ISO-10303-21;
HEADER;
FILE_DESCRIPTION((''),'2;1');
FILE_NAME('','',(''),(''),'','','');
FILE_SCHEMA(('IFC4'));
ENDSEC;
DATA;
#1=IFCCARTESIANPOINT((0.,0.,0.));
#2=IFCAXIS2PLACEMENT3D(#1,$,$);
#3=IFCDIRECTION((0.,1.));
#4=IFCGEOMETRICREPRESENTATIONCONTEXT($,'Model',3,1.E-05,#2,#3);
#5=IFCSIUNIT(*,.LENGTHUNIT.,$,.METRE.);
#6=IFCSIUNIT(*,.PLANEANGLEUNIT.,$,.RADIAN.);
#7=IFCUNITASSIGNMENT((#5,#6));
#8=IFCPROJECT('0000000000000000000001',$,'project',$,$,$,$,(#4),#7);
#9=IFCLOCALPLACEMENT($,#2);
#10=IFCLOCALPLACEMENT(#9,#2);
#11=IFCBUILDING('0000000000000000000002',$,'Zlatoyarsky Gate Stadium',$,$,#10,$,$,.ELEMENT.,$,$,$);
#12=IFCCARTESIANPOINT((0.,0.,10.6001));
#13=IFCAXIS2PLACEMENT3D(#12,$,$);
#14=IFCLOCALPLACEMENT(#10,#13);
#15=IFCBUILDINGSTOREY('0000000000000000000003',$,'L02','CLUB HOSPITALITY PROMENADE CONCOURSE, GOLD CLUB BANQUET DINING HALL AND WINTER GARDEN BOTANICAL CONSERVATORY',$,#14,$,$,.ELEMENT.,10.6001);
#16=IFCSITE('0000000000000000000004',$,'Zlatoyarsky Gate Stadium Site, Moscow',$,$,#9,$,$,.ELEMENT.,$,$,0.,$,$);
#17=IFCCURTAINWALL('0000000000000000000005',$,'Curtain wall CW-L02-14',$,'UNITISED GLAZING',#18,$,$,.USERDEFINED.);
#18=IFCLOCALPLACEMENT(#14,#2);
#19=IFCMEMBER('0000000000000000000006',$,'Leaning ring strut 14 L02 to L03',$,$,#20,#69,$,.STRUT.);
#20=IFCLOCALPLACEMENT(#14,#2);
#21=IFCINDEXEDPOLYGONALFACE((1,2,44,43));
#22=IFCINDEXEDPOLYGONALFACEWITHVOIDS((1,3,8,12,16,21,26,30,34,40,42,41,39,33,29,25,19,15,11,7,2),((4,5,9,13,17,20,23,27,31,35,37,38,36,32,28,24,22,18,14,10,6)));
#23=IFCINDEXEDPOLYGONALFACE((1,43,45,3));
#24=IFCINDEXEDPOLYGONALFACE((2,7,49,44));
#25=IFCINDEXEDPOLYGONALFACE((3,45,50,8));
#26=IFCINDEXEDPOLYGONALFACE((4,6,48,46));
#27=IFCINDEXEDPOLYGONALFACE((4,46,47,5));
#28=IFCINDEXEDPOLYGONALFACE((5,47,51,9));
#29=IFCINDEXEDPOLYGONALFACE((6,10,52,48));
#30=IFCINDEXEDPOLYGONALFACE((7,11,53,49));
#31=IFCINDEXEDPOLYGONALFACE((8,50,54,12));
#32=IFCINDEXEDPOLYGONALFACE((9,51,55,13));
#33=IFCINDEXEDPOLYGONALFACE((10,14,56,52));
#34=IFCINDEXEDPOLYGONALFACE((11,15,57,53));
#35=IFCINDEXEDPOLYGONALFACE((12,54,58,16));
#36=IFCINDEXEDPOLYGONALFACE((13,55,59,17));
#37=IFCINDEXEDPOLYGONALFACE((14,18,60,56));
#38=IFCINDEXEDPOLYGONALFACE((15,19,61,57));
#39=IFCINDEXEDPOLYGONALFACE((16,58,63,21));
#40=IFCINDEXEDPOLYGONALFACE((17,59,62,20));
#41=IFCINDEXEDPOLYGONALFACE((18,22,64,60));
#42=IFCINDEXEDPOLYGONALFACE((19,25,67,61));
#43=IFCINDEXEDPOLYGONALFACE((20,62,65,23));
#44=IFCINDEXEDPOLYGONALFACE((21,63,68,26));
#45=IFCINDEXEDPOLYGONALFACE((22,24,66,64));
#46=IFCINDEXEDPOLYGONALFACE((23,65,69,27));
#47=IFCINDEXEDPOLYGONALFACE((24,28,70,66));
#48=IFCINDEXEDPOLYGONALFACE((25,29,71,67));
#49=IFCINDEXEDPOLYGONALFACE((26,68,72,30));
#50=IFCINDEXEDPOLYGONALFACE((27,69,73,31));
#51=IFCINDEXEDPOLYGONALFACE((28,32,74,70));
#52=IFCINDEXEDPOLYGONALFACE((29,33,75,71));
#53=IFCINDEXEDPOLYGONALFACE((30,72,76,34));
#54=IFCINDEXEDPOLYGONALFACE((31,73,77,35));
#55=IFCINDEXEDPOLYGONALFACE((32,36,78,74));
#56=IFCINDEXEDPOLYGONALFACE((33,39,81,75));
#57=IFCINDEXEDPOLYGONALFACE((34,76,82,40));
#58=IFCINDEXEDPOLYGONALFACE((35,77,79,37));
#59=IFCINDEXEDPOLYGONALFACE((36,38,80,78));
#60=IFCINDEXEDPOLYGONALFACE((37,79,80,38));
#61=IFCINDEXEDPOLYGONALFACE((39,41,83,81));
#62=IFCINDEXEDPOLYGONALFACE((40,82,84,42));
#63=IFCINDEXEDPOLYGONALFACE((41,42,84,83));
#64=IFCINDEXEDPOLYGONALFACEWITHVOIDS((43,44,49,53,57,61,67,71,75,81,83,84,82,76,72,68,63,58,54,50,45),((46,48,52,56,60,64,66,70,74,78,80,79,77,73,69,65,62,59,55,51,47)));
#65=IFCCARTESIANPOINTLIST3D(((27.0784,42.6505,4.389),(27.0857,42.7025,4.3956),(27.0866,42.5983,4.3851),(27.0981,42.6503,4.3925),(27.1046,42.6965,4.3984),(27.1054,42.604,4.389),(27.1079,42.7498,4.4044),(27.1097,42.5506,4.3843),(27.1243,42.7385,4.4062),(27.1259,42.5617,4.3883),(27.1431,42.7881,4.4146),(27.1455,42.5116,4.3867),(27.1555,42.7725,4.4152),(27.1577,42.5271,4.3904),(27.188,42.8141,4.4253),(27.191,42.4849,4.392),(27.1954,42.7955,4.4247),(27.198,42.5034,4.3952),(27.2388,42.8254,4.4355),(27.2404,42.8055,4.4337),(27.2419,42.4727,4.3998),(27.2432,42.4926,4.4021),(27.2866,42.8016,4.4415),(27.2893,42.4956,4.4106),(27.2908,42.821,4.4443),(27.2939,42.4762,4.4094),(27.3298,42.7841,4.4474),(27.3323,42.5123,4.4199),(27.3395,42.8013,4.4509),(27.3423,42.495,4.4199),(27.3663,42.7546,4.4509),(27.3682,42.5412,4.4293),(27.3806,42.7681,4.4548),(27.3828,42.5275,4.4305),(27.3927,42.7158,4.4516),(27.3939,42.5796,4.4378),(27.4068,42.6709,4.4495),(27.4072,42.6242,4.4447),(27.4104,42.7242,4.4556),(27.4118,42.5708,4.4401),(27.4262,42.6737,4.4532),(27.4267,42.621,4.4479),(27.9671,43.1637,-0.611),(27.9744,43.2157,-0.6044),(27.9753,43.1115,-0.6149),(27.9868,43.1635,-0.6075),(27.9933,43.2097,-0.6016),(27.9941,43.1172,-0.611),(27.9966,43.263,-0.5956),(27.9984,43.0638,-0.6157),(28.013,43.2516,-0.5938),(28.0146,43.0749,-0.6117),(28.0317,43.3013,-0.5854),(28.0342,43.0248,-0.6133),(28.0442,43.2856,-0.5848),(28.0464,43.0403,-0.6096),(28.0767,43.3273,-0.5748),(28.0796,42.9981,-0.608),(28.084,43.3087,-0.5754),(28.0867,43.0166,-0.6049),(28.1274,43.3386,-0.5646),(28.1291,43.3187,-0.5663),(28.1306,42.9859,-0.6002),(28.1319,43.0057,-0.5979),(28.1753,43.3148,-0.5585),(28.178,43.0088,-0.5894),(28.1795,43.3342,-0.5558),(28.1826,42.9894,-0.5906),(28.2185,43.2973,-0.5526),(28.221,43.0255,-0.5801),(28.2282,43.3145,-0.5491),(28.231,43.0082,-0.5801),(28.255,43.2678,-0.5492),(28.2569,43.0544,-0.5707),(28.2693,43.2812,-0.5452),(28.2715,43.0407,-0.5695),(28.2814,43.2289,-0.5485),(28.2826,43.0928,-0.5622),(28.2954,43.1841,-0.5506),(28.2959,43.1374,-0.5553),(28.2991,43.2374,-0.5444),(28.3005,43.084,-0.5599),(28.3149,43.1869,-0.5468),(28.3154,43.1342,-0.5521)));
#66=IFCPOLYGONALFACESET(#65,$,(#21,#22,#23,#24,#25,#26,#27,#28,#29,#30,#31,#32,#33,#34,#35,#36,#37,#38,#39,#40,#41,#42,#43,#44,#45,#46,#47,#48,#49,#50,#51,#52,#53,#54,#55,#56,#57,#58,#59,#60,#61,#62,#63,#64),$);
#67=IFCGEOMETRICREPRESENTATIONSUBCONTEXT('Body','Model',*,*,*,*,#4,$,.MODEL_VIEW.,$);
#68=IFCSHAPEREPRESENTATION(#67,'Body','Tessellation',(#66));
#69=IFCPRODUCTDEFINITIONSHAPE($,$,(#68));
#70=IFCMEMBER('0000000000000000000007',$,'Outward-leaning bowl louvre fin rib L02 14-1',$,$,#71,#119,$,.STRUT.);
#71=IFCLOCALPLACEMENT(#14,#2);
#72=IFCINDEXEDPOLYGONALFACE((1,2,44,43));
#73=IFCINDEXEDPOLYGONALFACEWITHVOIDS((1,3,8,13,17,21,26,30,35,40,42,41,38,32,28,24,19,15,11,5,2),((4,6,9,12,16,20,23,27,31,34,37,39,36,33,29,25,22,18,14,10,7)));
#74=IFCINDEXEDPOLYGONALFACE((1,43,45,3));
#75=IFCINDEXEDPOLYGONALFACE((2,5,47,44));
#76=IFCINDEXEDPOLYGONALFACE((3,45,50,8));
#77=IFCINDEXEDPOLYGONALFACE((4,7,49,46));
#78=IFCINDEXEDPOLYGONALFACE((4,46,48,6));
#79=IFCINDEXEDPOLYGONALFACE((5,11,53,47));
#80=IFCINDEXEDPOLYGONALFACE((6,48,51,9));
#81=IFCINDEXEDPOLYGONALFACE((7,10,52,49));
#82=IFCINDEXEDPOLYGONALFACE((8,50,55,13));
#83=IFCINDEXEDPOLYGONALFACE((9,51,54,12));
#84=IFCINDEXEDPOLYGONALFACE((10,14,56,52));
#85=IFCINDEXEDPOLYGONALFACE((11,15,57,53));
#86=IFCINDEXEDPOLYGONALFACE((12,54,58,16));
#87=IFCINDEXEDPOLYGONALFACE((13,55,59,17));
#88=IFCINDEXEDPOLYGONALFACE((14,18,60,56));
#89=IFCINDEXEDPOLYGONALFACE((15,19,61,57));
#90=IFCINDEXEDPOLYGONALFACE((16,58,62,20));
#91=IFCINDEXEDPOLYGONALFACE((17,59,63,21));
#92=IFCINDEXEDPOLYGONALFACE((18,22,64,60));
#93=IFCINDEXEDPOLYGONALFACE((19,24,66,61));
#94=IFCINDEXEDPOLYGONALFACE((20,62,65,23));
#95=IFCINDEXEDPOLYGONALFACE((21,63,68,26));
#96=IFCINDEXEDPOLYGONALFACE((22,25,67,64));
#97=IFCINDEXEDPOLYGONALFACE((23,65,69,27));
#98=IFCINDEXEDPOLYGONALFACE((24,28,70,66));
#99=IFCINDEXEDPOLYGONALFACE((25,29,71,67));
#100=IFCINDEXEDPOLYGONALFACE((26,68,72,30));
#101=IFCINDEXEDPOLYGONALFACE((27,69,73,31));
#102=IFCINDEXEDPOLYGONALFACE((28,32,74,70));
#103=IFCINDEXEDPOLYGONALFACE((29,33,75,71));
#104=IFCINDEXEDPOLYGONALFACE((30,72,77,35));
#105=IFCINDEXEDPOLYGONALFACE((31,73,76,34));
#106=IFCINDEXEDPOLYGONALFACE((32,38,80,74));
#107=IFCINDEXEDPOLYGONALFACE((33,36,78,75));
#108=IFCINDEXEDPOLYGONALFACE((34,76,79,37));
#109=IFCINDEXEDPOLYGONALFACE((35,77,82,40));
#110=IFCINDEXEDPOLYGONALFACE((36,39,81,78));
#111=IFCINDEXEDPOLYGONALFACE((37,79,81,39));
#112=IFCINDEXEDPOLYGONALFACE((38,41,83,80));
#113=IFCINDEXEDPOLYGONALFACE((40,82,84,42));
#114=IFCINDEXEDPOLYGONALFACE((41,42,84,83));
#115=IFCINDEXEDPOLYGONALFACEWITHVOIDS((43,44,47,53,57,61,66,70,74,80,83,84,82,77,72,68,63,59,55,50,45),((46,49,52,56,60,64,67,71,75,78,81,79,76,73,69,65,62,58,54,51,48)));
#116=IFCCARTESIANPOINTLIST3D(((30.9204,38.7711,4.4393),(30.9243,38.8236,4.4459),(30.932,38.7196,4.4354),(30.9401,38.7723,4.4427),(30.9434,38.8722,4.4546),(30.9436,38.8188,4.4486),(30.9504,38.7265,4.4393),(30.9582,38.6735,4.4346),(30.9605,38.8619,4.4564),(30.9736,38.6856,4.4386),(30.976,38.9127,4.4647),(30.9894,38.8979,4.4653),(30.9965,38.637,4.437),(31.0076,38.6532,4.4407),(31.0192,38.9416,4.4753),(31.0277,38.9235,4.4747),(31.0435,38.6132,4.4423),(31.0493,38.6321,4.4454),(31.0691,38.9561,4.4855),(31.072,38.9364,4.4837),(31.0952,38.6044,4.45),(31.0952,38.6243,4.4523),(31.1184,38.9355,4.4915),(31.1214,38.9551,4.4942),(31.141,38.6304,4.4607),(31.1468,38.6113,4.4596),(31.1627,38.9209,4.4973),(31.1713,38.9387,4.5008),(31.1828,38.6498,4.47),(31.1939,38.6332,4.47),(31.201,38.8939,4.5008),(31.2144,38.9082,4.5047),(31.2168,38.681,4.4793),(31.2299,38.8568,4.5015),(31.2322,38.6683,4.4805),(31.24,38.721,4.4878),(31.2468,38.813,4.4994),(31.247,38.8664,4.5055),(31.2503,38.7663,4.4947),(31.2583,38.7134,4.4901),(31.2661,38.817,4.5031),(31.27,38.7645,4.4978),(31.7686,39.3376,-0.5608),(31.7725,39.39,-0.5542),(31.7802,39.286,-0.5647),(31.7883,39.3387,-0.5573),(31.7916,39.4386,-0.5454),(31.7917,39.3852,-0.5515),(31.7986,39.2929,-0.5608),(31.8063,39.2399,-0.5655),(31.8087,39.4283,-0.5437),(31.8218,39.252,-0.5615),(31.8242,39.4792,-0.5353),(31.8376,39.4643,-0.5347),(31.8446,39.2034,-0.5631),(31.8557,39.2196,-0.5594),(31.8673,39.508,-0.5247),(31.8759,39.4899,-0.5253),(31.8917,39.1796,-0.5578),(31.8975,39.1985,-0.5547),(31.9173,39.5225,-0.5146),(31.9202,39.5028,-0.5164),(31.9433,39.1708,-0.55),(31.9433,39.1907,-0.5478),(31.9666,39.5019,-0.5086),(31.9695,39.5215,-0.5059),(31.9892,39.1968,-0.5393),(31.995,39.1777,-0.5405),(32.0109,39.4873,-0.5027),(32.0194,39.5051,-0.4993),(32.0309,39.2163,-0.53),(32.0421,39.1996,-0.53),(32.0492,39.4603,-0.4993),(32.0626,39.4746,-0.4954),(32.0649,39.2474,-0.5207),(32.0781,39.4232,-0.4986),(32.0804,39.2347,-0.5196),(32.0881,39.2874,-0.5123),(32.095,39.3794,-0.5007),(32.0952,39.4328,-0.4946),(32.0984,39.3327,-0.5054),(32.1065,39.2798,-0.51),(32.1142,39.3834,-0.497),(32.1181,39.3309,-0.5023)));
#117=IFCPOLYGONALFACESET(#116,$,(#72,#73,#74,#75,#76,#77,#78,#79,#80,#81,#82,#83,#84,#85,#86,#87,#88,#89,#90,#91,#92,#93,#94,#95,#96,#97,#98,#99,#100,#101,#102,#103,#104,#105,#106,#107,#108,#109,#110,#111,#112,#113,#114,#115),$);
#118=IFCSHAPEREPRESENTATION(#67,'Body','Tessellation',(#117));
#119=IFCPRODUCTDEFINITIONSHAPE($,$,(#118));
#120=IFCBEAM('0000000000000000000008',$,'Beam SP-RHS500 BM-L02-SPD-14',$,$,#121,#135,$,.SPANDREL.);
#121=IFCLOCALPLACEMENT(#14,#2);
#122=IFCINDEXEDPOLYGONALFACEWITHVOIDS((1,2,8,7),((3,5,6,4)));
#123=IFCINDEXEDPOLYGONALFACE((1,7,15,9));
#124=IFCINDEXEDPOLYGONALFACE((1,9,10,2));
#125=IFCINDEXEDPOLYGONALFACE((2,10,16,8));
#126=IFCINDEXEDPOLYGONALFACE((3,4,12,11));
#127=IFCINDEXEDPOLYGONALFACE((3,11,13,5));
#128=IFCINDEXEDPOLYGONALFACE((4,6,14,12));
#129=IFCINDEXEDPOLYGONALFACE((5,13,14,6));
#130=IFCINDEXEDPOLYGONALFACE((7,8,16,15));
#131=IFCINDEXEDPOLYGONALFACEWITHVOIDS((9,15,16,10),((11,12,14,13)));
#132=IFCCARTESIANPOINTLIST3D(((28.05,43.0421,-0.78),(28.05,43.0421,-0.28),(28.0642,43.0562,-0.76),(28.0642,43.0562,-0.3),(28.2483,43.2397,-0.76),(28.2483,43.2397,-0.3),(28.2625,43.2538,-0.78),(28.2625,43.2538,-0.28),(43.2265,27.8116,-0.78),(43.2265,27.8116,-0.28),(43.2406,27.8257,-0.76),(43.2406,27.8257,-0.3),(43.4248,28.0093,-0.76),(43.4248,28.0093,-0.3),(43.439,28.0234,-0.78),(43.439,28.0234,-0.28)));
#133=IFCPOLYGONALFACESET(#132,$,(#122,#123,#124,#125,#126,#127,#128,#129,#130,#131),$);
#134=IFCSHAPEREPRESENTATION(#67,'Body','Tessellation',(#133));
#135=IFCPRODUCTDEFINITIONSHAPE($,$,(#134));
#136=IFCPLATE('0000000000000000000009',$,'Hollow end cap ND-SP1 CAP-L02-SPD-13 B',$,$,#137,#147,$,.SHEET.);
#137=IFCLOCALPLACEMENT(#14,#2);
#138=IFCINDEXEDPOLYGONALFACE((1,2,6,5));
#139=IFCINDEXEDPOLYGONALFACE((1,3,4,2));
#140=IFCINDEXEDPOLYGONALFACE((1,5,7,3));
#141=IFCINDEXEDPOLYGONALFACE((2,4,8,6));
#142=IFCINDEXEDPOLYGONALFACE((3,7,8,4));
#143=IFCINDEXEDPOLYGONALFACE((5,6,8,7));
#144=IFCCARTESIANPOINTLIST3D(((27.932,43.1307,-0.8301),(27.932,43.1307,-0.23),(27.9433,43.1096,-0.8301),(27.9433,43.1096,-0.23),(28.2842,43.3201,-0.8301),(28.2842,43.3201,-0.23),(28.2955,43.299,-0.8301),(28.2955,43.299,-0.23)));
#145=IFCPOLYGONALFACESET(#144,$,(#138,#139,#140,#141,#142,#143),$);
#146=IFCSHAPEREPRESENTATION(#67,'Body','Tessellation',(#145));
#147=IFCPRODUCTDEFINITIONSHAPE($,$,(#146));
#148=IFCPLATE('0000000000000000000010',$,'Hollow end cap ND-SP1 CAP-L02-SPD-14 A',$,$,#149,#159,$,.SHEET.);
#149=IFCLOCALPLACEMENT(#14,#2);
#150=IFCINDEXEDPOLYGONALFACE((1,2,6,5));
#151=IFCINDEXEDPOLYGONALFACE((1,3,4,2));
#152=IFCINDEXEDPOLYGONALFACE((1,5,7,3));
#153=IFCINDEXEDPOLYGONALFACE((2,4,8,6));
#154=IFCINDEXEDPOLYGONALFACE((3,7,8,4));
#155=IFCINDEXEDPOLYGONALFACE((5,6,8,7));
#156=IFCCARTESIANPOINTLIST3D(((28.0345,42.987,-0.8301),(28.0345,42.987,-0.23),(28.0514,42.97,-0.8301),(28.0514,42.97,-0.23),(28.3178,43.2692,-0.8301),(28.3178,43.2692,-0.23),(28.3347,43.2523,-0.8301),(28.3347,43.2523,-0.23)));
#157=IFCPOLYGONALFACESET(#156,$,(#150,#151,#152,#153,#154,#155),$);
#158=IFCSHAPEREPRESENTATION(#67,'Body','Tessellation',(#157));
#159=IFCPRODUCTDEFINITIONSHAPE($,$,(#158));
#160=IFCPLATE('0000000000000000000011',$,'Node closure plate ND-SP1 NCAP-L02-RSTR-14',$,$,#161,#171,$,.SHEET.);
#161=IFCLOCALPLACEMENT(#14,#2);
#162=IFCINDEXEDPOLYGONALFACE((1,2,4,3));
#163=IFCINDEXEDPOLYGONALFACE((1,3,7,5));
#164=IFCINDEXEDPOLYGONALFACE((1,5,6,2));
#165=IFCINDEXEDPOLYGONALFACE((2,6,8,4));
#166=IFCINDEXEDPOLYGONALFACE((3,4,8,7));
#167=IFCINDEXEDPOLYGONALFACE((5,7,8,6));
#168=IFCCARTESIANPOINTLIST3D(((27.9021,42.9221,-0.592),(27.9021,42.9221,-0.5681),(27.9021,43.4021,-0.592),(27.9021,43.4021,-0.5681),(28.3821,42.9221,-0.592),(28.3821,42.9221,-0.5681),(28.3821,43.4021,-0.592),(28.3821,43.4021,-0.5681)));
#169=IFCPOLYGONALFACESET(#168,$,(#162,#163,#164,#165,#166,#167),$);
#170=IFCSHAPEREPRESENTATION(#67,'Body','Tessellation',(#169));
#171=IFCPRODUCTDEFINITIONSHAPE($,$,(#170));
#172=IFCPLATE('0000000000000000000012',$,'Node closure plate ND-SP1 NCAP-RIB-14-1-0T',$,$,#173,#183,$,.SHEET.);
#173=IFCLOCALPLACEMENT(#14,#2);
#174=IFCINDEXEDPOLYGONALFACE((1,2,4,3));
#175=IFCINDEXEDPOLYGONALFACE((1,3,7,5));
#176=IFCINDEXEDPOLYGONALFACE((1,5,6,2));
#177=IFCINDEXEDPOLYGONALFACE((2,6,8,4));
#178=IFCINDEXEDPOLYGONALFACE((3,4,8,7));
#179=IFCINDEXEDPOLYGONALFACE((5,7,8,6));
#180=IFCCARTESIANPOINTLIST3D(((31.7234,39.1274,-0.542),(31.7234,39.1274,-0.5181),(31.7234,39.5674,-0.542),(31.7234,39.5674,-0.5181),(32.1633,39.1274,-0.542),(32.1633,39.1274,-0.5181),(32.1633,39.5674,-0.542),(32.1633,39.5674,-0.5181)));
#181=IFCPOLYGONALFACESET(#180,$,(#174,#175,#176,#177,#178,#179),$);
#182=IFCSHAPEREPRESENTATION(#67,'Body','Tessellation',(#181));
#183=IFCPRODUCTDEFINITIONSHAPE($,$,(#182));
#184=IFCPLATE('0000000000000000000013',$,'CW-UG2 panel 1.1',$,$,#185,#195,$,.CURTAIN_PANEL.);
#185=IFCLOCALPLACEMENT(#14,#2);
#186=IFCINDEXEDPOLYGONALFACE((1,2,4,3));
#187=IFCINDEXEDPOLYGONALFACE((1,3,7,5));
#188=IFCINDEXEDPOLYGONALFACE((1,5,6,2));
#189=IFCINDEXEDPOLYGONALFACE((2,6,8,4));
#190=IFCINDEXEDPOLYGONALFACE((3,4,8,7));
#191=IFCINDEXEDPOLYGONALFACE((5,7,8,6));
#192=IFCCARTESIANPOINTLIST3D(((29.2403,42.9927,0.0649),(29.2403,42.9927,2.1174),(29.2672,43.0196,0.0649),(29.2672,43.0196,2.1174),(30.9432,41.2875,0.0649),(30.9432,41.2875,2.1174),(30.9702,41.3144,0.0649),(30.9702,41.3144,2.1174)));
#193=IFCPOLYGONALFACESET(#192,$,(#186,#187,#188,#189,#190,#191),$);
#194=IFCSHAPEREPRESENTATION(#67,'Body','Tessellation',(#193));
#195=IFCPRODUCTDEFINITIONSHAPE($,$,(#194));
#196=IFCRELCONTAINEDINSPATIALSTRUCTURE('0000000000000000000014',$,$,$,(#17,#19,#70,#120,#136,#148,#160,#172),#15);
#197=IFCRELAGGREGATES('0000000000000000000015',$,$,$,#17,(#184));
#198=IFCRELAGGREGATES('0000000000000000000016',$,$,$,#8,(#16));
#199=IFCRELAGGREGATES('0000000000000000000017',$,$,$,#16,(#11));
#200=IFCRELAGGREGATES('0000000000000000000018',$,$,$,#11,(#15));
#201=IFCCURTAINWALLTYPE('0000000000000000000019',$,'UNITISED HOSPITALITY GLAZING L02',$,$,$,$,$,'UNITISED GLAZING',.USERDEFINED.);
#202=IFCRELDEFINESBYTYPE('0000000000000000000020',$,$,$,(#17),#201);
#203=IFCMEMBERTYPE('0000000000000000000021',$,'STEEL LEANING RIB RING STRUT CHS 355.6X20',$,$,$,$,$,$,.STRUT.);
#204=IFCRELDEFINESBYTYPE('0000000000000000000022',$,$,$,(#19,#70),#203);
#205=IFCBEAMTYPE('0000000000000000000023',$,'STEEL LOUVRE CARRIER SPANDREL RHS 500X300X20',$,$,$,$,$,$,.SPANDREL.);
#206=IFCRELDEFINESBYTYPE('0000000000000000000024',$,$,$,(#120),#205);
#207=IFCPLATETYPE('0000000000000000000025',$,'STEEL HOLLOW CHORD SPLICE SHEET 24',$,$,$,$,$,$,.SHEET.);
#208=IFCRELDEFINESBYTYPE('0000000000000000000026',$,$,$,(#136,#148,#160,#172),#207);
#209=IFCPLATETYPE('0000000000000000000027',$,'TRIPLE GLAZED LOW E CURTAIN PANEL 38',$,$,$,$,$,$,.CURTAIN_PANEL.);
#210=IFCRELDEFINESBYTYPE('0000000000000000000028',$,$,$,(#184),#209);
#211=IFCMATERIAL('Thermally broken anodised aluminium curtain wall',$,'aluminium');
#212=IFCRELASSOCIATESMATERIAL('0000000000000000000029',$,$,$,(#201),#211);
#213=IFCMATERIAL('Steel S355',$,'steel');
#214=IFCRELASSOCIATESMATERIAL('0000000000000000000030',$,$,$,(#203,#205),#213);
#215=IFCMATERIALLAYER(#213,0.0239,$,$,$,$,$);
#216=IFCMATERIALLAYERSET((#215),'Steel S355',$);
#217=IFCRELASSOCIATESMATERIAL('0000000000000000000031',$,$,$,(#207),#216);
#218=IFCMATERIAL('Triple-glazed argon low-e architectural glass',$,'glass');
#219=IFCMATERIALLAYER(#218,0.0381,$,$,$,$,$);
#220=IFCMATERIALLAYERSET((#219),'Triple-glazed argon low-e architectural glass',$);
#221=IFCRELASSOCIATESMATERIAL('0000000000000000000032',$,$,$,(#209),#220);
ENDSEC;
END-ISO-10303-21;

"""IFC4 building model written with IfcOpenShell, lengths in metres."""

from ifc_helpers import new_model, si_unit, direction, frame, origin, origin_2d, place, context, subcontext, project, spatial, rectangle, hollow_rectangle, hollow_circle, extrude, material, layer, layer_set, material_profile, profile_set, type_object, element, aggregate, save


model = new_model("IFC4")

# Units and contexts
model_context = context("Model", 3, precision=1e-05, world=origin(), true_north=direction((0.0, 1.0)))
body_context = subcontext(model_context, "Body", "Model", "MODEL_VIEW")
ifc_project = project(units=[si_unit("LENGTHUNIT", "METRE"), si_unit("PLANEANGLEUNIT", "RADIAN")], contexts=[model_context])

# Site, building, storey
site_placement = place(None, origin())
site = spatial("IfcSite", under=ifc_project, at=site_placement, Name="Zlatoyarsky Gate Stadium Site, Moscow", CompositionType="ELEMENT", RefElevation=0.0)
building_placement = place(site_placement, origin())
building = spatial("IfcBuilding", under=site, at=building_placement, Name="Zlatoyarsky Gate Stadium", CompositionType="ELEMENT")
storey_placement = place(building_placement, frame((0.0, 0.0, 10.6001)))
storey = spatial("IfcBuildingStorey", under=building, at=storey_placement, Name="L02", Description="CLUB HOSPITALITY PROMENADE CONCOURSE, GOLD CLUB BANQUET DINING HALL AND WINTER GARDEN BOTANICAL CONSERVATORY", CompositionType="ELEMENT", Elevation=10.6001)

# Curtain wall
ifc_material_1 = material(Name="Thermally broken anodised aluminium curtain wall", Category="aluminium")
curtain_wall_type = type_object("IfcCurtainWallType", Name="UNITISED HOSPITALITY GLAZING L02", ElementType="UNITISED GLAZING", PredefinedType="USERDEFINED", material=ifc_material_1)
curtain_wall_placement = place(storey_placement, origin())
curtain_wall = element("IfcCurtainWall", 1, at=curtain_wall_placement, inside=storey, type_object=curtain_wall_type, Name="Curtain wall CW-L02-14", ObjectType="UNITISED GLAZING", PredefinedType="USERDEFINED")

# Members
ifc_material_2 = material(Name="Steel S355", Category="steel")
ifc_material_profile_1 = material_profile(ifc_material_2, hollow_circle(Radius=0.1777, WallThickness=0.02, at=origin_2d()), Name="CHS 355.6X20")
ifc_profile_set_1 = profile_set([ifc_material_profile_1], Name="Steel S355")
member_type_1 = type_object("IfcMemberType", Name="STEEL LEANING RIB RING STRUT CHS 355.6X20", PredefinedType="STRUT", material=ifc_profile_set_1)
member_1_placement = place(storey_placement, frame((28.1421, 43.1621, -0.5801), z_axis=(-0.174105, -0.100541, 0.979581), x_axis=(0.500079, -0.86598, 0.0)))
element("IfcMember", 2, at=member_1_placement, inside=storey, type_object=member_type_1, Name="Leaning ring strut 14 L02 to L03", PredefinedType="STRUT", context=body_context, shape_type="SweptSolid", body=[
    extrude(hollow_circle(Radius=0.1777, WallThickness=0.02, at=origin_2d()), origin(), (0.0, 0.0, 1.0), 5.1042),
])
member_2_placement = place(storey_placement, frame((31.9434, 39.3474, -0.53), z_axis=(-0.166206, -0.110996, 0.979824), x_axis=(0.555363, -0.831608, 0.0)))
element("IfcMember", 3, at=member_2_placement, inside=storey, type_object=member_type_1, Name="Outward-leaning bowl louvre fin rib L02 14-1", PredefinedType="STRUT", context=body_context, shape_type="SweptSolid", body=[
    extrude(hollow_circle(Radius=0.1777, WallThickness=0.02, at=origin_2d()), origin(), (0.0, 0.0, 1.0), 5.103),
])

# Beam
ifc_material_profile_2 = material_profile(ifc_material_2, hollow_rectangle(XDim=0.3, YDim=0.5, WallThickness=0.02, at=origin_2d()), Name="RHS 500X300X20")
ifc_profile_set_2 = profile_set([ifc_material_profile_2], Name="Steel S355")
beam_type = type_object("IfcBeamType", Name="STEEL LOUVRE CARRIER SPANDREL RHS 500X300X20", PredefinedType="SPANDREL", material=ifc_profile_set_2)
beam_placement = place(storey_placement, frame((28.1562, 43.1479, -0.53), z_axis=(0.705851, -0.70836, 0.0), x_axis=(0.70836, 0.705851, 0.0)))
element("IfcBeam", 4, at=beam_placement, inside=storey, type_object=beam_type, Name="Beam SP-RHS500 BM-L02-SPD-14", PredefinedType="SPANDREL", context=body_context, shape_type="SweptSolid", body=[
    extrude(hollow_rectangle(XDim=0.3, YDim=0.5, WallThickness=0.02, at=origin_2d()), origin(), (0.0, 0.0, 1.0), 21.501),
])

# Plates
ifc_layer_1 = layer(ifc_material_2, 0.0239)
ifc_layer_set_1 = layer_set([ifc_layer_1], Name="Steel S355")
plate_type_1 = type_object("IfcPlateType", Name="STEEL HOLLOW CHORD SPLICE SHEET 24", PredefinedType="SHEET", material=ifc_layer_set_1)
for number, where, z_axis, x_axis, name in (
    (5, (28.1138, 43.2148, -0.8301), (0.0, 0.0, 1.0), (0.473714, -0.880679, 0.0), "Hollow end cap ND-SP1 CAP-L02-SPD-13 B"),
    (6, (28.1846, 43.1196, -0.8301), (0.0, 0.0, 1.0), (0.70585, -0.708361, 0.0), "Hollow end cap ND-SP1 CAP-L02-SPD-14 A"),
):
    element("IfcPlate", number, at=place(storey_placement, frame(where, z_axis=z_axis, x_axis=x_axis)), inside=storey, type_object=plate_type_1, Name=name, PredefinedType="SHEET", context=body_context, shape_type="SweptSolid", body=[
        extrude(rectangle(XDim=0.0239, YDim=0.3999, at=origin_2d()), origin(), (0.0, 0.0, 1.0), 0.6001),
    ])
plate_1_placement = place(storey_placement, frame((28.1421, 43.1621, -0.592), z_axis=(0.0, 0.0, 1.0), x_axis=(1.0, 0.0, 0.0)))
element("IfcPlate", 7, at=plate_1_placement, inside=storey, type_object=plate_type_1, Name="Node closure plate ND-SP1 NCAP-L02-RSTR-14", PredefinedType="SHEET", context=body_context, shape_type="SweptSolid", body=[
    extrude(rectangle(XDim=0.48, YDim=0.48, at=origin_2d()), origin(), (0.0, 0.0, 1.0), 0.0239),
])
plate_2_placement = place(storey_placement, frame((31.9434, 39.3474, -0.542), z_axis=(0.0, 0.0, 1.0), x_axis=(1.0, 0.0, 0.0)))
element("IfcPlate", 8, at=plate_2_placement, inside=storey, type_object=plate_type_1, Name="Node closure plate ND-SP1 NCAP-RIB-14-1-0T", PredefinedType="SHEET", context=body_context, shape_type="SweptSolid", body=[
    extrude(rectangle(XDim=0.4399, YDim=0.4399, at=origin_2d()), origin(), (0.0, 0.0, 1.0), 0.0239),
])

# Plate
ifc_material_3 = material(Name="Triple-glazed argon low-e architectural glass", Category="glass")
ifc_layer_2 = layer(ifc_material_3, 0.0381)
ifc_layer_set_2 = layer_set([ifc_layer_2], Name="Triple-glazed argon low-e architectural glass")
plate_type_2 = type_object("IfcPlateType", Name="TRIPLE GLAZED LOW E CURTAIN PANEL 38", PredefinedType="CURTAIN_PANEL", material=ifc_layer_set_2)
plate_3_placement = place(storey_placement, frame((30.1052, 42.1536, 0.0649), z_axis=(0.0, 0.0, 1.0), x_axis=(0.706626, -0.707588, 0.0)))
plate_3 = element("IfcPlate", 9, at=plate_3_placement, type_object=plate_type_2, Name="CW-UG2 panel 1.1", PredefinedType="CURTAIN_PANEL", context=body_context, shape_type="SweptSolid", body=[
    extrude(rectangle(XDim=2.4099, YDim=0.0381, at=origin_2d()), origin(), (0.0, 0.0, 1.0), 2.0525),
])
aggregate(curtain_wall, [plate_3])

save(model, "model.ifc")
